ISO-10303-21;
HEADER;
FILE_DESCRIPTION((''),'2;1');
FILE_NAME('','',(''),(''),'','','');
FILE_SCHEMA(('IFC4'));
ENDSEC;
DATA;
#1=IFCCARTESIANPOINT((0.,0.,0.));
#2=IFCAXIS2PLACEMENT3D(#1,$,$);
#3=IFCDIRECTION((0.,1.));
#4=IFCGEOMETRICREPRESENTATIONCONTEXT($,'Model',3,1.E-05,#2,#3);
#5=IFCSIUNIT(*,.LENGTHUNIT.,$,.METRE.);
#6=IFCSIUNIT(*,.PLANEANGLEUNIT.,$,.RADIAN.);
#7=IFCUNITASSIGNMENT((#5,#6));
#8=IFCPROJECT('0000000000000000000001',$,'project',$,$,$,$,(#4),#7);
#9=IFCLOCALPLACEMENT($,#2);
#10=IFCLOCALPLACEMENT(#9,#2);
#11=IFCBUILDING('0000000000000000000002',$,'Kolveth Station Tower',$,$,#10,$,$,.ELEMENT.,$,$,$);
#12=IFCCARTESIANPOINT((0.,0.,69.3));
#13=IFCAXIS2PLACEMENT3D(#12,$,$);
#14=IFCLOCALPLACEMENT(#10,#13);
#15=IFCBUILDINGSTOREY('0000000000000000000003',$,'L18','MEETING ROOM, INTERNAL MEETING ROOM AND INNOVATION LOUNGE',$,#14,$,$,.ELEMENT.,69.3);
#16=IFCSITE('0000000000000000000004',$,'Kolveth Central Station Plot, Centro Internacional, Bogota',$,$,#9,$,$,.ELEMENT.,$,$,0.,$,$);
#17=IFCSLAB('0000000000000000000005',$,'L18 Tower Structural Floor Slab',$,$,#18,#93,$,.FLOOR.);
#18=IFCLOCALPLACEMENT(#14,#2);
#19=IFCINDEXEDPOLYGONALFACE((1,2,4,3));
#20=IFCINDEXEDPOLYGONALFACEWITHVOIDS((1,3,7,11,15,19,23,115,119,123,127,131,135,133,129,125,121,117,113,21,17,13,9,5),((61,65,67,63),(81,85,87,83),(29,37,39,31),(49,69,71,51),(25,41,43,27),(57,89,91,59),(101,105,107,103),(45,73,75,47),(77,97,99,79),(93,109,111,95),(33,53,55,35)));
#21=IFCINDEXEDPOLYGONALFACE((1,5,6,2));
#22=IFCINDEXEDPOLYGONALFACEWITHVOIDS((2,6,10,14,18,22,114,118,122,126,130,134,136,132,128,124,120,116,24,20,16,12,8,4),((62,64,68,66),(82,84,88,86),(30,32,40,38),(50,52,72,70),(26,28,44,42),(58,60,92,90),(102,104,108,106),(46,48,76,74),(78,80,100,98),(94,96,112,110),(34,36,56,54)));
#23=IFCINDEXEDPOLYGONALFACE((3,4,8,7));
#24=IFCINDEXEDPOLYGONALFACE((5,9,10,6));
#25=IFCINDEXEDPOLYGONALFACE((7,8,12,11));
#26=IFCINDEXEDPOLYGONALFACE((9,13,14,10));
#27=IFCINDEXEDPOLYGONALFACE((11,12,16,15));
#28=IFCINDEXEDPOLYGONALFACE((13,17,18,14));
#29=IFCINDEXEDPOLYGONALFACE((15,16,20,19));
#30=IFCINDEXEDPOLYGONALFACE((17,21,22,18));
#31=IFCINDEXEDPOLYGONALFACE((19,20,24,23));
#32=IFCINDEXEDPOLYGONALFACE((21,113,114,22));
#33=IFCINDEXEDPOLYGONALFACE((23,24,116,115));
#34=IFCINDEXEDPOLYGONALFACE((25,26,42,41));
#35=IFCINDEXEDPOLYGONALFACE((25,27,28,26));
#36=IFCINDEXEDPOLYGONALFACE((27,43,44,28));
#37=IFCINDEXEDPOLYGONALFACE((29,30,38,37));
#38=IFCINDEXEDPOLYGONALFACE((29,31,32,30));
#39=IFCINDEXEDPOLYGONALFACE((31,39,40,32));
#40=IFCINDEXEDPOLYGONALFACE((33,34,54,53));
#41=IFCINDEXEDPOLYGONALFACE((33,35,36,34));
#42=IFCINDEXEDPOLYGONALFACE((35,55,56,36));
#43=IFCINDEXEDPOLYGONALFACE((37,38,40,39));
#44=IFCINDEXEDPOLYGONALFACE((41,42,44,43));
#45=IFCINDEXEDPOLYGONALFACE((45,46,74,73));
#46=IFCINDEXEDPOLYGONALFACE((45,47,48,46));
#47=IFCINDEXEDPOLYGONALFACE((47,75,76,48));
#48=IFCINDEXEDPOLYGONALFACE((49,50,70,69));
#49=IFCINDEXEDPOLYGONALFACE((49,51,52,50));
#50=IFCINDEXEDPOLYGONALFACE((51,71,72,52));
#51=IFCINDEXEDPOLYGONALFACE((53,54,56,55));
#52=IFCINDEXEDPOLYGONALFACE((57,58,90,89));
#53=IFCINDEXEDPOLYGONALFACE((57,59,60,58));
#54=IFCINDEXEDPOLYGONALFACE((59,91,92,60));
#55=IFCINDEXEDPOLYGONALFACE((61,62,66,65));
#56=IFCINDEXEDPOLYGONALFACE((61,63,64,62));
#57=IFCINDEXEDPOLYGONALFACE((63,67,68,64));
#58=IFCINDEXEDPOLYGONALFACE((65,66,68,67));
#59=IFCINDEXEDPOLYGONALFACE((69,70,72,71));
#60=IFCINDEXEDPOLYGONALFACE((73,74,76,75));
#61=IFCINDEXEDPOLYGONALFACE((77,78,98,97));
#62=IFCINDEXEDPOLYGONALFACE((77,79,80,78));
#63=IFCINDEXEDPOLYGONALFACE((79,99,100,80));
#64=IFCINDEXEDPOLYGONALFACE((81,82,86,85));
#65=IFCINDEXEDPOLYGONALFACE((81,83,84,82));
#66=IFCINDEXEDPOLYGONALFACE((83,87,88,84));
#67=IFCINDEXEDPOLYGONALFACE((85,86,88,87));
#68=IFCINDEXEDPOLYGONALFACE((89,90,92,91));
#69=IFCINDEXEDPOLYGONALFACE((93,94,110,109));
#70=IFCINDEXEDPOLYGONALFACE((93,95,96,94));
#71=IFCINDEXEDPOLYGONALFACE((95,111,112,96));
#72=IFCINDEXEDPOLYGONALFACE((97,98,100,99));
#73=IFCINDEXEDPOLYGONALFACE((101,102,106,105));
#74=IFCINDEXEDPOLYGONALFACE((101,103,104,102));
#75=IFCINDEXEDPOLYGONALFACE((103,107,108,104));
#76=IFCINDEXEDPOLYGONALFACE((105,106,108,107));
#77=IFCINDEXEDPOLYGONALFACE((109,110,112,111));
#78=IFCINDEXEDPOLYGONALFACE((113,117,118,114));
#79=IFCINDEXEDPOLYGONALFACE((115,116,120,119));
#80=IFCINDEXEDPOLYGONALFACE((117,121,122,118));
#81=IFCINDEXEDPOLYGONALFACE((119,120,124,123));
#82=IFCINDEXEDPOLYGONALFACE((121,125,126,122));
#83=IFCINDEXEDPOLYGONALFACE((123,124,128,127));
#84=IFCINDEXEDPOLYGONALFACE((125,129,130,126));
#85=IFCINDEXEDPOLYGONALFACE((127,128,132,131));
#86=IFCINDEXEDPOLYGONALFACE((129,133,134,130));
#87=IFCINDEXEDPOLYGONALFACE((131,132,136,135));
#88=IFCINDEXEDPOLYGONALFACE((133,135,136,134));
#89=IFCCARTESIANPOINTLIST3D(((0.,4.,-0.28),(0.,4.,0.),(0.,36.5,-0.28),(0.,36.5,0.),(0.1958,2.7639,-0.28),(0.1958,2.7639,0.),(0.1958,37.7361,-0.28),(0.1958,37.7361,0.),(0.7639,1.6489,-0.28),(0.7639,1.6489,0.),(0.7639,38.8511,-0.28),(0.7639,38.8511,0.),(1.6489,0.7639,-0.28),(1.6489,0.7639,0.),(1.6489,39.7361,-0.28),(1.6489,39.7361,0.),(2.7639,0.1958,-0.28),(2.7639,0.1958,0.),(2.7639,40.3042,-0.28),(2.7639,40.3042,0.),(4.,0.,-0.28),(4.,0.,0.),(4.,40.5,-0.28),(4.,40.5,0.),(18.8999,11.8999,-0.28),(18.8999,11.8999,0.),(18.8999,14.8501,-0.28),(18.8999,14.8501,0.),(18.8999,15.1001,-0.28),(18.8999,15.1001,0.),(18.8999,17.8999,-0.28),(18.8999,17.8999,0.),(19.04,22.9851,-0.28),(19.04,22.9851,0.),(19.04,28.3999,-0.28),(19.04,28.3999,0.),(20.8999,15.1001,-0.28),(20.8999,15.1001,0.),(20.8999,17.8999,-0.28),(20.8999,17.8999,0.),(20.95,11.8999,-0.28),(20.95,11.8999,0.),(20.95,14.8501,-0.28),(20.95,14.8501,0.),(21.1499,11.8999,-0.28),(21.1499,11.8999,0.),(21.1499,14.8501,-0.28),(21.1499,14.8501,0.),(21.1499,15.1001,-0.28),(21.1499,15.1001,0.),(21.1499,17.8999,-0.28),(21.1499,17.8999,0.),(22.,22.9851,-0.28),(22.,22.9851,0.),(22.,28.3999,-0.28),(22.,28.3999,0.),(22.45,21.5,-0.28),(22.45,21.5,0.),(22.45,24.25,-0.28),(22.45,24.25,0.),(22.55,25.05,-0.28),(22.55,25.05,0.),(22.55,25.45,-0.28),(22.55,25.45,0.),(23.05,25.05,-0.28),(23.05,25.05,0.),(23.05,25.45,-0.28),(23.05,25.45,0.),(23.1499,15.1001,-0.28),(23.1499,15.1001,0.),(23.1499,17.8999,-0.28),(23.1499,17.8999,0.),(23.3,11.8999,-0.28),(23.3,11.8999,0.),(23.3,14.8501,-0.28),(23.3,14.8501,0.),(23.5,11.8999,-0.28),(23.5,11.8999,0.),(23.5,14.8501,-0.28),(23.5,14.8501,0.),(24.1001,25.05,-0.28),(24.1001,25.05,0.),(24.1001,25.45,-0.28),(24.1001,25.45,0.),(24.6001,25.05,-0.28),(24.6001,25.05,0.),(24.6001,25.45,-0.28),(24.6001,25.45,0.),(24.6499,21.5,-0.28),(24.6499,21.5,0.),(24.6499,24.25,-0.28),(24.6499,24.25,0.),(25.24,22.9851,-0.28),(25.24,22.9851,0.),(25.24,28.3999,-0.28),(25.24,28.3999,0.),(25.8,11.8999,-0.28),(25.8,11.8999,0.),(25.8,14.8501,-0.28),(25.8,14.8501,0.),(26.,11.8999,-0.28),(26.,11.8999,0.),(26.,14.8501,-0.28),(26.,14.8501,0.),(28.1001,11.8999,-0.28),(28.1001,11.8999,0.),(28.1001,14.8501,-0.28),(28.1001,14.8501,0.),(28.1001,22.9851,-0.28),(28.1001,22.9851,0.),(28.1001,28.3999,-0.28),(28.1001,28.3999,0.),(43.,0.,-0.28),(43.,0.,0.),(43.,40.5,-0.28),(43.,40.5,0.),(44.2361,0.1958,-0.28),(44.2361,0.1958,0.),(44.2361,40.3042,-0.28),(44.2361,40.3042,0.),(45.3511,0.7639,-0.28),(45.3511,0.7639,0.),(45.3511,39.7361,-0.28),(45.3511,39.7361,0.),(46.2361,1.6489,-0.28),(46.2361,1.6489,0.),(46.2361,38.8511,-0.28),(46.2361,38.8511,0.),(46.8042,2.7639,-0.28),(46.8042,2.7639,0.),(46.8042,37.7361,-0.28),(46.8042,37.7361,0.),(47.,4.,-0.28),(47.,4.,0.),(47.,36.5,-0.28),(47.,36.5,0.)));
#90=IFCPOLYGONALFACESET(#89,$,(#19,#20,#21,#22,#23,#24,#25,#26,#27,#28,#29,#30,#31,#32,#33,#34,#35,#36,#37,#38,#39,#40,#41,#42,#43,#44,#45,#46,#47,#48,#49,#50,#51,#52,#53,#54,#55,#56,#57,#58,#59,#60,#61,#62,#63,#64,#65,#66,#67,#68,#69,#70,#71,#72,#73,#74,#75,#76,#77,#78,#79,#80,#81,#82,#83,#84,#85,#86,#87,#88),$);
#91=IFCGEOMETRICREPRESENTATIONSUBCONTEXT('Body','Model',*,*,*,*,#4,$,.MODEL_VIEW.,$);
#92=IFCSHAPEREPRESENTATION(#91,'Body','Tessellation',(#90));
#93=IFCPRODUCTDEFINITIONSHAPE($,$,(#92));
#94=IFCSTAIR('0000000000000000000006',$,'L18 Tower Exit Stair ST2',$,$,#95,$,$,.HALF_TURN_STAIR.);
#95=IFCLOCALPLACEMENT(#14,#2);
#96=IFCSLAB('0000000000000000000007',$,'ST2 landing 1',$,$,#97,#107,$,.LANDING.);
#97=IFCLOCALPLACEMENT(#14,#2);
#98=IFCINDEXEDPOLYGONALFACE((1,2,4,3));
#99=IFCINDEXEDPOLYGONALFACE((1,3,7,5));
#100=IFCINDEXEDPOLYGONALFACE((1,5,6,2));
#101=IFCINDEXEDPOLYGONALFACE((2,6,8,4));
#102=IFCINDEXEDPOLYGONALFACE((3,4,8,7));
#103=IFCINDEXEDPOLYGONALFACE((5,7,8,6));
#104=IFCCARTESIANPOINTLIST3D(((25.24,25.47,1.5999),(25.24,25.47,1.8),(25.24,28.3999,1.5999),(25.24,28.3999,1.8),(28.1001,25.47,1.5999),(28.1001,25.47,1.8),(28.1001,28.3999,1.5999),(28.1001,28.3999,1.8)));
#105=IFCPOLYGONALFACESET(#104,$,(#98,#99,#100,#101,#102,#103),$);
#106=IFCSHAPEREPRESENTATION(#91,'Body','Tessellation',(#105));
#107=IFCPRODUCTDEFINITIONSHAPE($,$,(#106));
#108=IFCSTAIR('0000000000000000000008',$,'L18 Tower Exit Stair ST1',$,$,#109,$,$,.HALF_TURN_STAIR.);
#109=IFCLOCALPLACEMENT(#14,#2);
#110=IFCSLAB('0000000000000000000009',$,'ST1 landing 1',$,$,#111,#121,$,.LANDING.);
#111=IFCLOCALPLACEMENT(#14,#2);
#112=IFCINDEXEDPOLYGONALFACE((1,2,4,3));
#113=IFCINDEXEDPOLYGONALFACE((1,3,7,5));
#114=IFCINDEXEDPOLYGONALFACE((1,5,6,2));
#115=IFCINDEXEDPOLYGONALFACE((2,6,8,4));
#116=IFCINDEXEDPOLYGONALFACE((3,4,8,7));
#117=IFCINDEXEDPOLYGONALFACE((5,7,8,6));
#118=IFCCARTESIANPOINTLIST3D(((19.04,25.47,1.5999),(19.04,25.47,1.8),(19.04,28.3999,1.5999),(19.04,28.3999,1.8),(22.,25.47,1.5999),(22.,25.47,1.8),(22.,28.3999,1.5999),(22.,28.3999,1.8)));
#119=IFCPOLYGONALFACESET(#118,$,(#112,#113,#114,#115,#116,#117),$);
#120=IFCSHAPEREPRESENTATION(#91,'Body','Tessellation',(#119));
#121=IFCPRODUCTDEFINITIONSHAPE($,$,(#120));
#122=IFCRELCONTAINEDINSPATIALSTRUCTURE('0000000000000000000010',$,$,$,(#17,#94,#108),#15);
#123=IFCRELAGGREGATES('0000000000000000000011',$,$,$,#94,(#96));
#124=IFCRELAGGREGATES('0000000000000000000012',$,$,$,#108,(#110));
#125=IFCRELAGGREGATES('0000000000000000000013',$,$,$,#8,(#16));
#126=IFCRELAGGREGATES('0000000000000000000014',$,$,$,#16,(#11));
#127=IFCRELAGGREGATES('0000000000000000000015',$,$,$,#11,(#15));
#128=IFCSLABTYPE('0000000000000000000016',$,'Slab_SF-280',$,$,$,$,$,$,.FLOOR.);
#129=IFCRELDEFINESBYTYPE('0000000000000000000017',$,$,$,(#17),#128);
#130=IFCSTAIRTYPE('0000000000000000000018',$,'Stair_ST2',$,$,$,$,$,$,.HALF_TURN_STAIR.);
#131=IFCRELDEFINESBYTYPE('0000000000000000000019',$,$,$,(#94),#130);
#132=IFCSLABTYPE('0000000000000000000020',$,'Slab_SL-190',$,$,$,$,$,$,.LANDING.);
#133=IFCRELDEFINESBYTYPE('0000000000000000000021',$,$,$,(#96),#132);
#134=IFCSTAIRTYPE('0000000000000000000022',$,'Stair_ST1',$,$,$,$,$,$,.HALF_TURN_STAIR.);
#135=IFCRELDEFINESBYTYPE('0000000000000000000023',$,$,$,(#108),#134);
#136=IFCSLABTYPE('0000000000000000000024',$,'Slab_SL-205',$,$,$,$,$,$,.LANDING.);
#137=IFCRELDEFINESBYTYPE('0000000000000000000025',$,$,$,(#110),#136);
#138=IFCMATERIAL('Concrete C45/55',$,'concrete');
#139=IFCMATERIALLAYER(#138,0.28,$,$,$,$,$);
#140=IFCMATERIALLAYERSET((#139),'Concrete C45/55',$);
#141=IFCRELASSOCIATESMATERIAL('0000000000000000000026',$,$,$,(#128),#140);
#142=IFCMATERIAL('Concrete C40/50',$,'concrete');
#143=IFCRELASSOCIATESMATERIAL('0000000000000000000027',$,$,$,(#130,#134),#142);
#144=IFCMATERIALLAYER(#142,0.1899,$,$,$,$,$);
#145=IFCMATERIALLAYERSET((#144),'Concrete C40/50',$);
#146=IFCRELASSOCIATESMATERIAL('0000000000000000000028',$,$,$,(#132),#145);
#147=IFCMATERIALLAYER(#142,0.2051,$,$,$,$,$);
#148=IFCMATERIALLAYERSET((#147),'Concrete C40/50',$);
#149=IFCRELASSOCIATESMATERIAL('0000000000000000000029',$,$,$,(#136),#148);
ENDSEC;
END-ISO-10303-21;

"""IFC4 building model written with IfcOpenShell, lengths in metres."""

from ifc_helpers import new_model, si_unit, direction, frame, origin, place, context, subcontext, project, spatial, polyline, outline, extrude, material, layer, layer_set, type_object, element, aggregate, save


model = new_model("IFC4")

# Units and contexts
model_context = context("Model", 3, precision=1e-05, world=origin(), true_north=direction((0.0, 1.0)))
body_context = subcontext(model_context, "Body", "Model", "MODEL_VIEW")
ifc_project = project(units=[si_unit("LENGTHUNIT", "METRE"), si_unit("PLANEANGLEUNIT", "RADIAN")], contexts=[model_context])

# Site, building, storey
site_placement = place(None, origin())
site = spatial("IfcSite", under=ifc_project, at=site_placement, Name="Kolveth Central Station Plot, Centro Internacional, Bogota", CompositionType="ELEMENT", RefElevation=0.0)
building_placement = place(site_placement, origin())
building = spatial("IfcBuilding", under=site, at=building_placement, Name="Kolveth Station Tower", CompositionType="ELEMENT")
storey_placement = place(building_placement, frame((0.0, 0.0, 69.3)))
storey = spatial("IfcBuildingStorey", under=building, at=storey_placement, Name="L18", Description="MEETING ROOM, INTERNAL MEETING ROOM AND INNOVATION LOUNGE", CompositionType="ELEMENT", Elevation=69.3)

# Slab
ifc_material_1 = material(Name="Concrete C45/55", Category="concrete")
ifc_layer_1 = layer(ifc_material_1, 0.28)
ifc_layer_set_1 = layer_set([ifc_layer_1], Name="Concrete C45/55")
slab_type_1 = type_object("IfcSlabType", Name="Slab_SF-280", PredefinedType="FLOOR", material=ifc_layer_set_1)
slab_1_placement = place(storey_placement, frame((0.0, 0.0, -0.28)))
element("IfcSlab", 1, at=slab_1_placement, inside=storey, type_object=slab_type_1, Name="L18 Tower Structural Floor Slab", PredefinedType="FLOOR", context=body_context, shape_type="SweptSolid", body=[
    extrude(outline(polyline([(43.0, 0.0), (44.2361, 0.1958), (45.3511, 0.7639), (46.2361, 1.6489), (46.8042, 2.7639), (47.0, 4.0), (47.0, 36.5), (46.8042, 37.7361), (46.2361, 38.8511), (45.3511, 39.7361), (44.2361, 40.3042), (43.0, 40.5), (4.0, 40.5), (2.7639, 40.3042), (1.6489, 39.7361), (0.7639, 38.8511), (0.1958, 37.7361), (0.0, 36.5), (0.0, 4.0), (0.1958, 2.7639), (0.7639, 1.6489), (1.6489, 0.7639), (2.7639, 0.1958), (4.0, 0.0), (43.0, 0.0)]), holes=[polyline([(19.04, 22.9851), (22.0, 22.9851), (22.0, 28.3999), (19.04, 28.3999), (19.04, 22.9851)]), polyline([(25.24, 22.9851), (28.1001, 22.9851), (28.1001, 28.3999), (25.24, 28.3999), (25.24, 22.9851)]), polyline([(18.8999, 15.1001), (20.8999, 15.1001), (20.8999, 17.8999), (18.8999, 17.8999), (18.8999, 15.1001)]), polyline([(21.1499, 15.1001), (23.1499, 15.1001), (23.1499, 17.8999), (21.1499, 17.8999), (21.1499, 15.1001)]), polyline([(22.45, 21.5), (24.6499, 21.5), (24.6499, 24.25), (22.45, 24.25), (22.45, 21.5)]), polyline([(18.8999, 11.8999), (20.95, 11.8999), (20.95, 14.8501), (18.8999, 14.8501), (18.8999, 11.8999)]), polyline([(21.1499, 11.8999), (23.3, 11.8999), (23.3, 14.8501), (21.1499, 14.8501), (21.1499, 11.8999)]), polyline([(23.5, 11.8999), (25.8, 11.8999), (25.8, 14.8501), (23.5, 14.8501), (23.5, 11.8999)]), polyline([(26.0, 11.8999), (28.1001, 11.8999), (28.1001, 14.8501), (26.0, 14.8501), (26.0, 11.8999)]), polyline([(22.55, 25.05), (23.05, 25.05), (23.05, 25.45), (22.55, 25.45), (22.55, 25.05)]), polyline([(24.1001, 25.05), (24.6001, 25.05), (24.6001, 25.45), (24.1001, 25.45), (24.1001, 25.05)])]), origin(), (0.0, 0.0, 1.0), 0.28),
])

# Stairs, slabs
ifc_material_2 = material(Name="Concrete C40/50", Category="concrete")
stair_type_1 = type_object("IfcStairType", Name="Stair_ST2", PredefinedType="HALF_TURN_STAIR", material=ifc_material_2)
stair_1_placement = place(storey_placement, origin())
stair_1 = element("IfcStair", 2, at=stair_1_placement, inside=storey, type_object=stair_type_1, Name="L18 Tower Exit Stair ST2", PredefinedType="HALF_TURN_STAIR")
ifc_layer_2 = layer(ifc_material_2, 0.1899)
ifc_layer_set_2 = layer_set([ifc_layer_2], Name="Concrete C40/50")
slab_type_2 = type_object("IfcSlabType", Name="Slab_SL-190", PredefinedType="LANDING", material=ifc_layer_set_2)
slab_2_placement = place(storey_placement, frame((0.0, 0.0, 1.5999)))
slab_2 = element("IfcSlab", 3, at=slab_2_placement, type_object=slab_type_2, Name="ST2 landing 1", PredefinedType="LANDING", context=body_context, shape_type="SweptSolid", body=[
    extrude(outline(polyline([(28.1001, 25.47), (28.1001, 28.3999), (25.24, 28.3999), (25.24, 25.47), (28.1001, 25.47)])), origin(), (0.0, 0.0, 1.0), 0.2002),
])
aggregate(stair_1, [slab_2])
stair_type_2 = type_object("IfcStairType", Name="Stair_ST1", PredefinedType="HALF_TURN_STAIR", material=ifc_material_2)
stair_2_placement = place(storey_placement, origin())
stair_2 = element("IfcStair", 4, at=stair_2_placement, inside=storey, type_object=stair_type_2, Name="L18 Tower Exit Stair ST1", PredefinedType="HALF_TURN_STAIR")
ifc_layer_3 = layer(ifc_material_2, 0.2051)
ifc_layer_set_3 = layer_set([ifc_layer_3], Name="Concrete C40/50")
slab_type_3 = type_object("IfcSlabType", Name="Slab_SL-205", PredefinedType="LANDING", material=ifc_layer_set_3)
slab_3_placement = place(storey_placement, frame((0.0, 0.0, 1.5999)))
slab_3 = element("IfcSlab", 5, at=slab_3_placement, type_object=slab_type_3, Name="ST1 landing 1", PredefinedType="LANDING", context=body_context, shape_type="SweptSolid", body=[
    extrude(outline(polyline([(22.0, 25.47), (22.0, 28.3999), (19.04, 28.3999), (19.04, 25.47), (22.0, 25.47)])), origin(), (0.0, 0.0, 1.0), 0.2002),
])
aggregate(stair_2, [slab_3])

save(model, "model.ifc")
